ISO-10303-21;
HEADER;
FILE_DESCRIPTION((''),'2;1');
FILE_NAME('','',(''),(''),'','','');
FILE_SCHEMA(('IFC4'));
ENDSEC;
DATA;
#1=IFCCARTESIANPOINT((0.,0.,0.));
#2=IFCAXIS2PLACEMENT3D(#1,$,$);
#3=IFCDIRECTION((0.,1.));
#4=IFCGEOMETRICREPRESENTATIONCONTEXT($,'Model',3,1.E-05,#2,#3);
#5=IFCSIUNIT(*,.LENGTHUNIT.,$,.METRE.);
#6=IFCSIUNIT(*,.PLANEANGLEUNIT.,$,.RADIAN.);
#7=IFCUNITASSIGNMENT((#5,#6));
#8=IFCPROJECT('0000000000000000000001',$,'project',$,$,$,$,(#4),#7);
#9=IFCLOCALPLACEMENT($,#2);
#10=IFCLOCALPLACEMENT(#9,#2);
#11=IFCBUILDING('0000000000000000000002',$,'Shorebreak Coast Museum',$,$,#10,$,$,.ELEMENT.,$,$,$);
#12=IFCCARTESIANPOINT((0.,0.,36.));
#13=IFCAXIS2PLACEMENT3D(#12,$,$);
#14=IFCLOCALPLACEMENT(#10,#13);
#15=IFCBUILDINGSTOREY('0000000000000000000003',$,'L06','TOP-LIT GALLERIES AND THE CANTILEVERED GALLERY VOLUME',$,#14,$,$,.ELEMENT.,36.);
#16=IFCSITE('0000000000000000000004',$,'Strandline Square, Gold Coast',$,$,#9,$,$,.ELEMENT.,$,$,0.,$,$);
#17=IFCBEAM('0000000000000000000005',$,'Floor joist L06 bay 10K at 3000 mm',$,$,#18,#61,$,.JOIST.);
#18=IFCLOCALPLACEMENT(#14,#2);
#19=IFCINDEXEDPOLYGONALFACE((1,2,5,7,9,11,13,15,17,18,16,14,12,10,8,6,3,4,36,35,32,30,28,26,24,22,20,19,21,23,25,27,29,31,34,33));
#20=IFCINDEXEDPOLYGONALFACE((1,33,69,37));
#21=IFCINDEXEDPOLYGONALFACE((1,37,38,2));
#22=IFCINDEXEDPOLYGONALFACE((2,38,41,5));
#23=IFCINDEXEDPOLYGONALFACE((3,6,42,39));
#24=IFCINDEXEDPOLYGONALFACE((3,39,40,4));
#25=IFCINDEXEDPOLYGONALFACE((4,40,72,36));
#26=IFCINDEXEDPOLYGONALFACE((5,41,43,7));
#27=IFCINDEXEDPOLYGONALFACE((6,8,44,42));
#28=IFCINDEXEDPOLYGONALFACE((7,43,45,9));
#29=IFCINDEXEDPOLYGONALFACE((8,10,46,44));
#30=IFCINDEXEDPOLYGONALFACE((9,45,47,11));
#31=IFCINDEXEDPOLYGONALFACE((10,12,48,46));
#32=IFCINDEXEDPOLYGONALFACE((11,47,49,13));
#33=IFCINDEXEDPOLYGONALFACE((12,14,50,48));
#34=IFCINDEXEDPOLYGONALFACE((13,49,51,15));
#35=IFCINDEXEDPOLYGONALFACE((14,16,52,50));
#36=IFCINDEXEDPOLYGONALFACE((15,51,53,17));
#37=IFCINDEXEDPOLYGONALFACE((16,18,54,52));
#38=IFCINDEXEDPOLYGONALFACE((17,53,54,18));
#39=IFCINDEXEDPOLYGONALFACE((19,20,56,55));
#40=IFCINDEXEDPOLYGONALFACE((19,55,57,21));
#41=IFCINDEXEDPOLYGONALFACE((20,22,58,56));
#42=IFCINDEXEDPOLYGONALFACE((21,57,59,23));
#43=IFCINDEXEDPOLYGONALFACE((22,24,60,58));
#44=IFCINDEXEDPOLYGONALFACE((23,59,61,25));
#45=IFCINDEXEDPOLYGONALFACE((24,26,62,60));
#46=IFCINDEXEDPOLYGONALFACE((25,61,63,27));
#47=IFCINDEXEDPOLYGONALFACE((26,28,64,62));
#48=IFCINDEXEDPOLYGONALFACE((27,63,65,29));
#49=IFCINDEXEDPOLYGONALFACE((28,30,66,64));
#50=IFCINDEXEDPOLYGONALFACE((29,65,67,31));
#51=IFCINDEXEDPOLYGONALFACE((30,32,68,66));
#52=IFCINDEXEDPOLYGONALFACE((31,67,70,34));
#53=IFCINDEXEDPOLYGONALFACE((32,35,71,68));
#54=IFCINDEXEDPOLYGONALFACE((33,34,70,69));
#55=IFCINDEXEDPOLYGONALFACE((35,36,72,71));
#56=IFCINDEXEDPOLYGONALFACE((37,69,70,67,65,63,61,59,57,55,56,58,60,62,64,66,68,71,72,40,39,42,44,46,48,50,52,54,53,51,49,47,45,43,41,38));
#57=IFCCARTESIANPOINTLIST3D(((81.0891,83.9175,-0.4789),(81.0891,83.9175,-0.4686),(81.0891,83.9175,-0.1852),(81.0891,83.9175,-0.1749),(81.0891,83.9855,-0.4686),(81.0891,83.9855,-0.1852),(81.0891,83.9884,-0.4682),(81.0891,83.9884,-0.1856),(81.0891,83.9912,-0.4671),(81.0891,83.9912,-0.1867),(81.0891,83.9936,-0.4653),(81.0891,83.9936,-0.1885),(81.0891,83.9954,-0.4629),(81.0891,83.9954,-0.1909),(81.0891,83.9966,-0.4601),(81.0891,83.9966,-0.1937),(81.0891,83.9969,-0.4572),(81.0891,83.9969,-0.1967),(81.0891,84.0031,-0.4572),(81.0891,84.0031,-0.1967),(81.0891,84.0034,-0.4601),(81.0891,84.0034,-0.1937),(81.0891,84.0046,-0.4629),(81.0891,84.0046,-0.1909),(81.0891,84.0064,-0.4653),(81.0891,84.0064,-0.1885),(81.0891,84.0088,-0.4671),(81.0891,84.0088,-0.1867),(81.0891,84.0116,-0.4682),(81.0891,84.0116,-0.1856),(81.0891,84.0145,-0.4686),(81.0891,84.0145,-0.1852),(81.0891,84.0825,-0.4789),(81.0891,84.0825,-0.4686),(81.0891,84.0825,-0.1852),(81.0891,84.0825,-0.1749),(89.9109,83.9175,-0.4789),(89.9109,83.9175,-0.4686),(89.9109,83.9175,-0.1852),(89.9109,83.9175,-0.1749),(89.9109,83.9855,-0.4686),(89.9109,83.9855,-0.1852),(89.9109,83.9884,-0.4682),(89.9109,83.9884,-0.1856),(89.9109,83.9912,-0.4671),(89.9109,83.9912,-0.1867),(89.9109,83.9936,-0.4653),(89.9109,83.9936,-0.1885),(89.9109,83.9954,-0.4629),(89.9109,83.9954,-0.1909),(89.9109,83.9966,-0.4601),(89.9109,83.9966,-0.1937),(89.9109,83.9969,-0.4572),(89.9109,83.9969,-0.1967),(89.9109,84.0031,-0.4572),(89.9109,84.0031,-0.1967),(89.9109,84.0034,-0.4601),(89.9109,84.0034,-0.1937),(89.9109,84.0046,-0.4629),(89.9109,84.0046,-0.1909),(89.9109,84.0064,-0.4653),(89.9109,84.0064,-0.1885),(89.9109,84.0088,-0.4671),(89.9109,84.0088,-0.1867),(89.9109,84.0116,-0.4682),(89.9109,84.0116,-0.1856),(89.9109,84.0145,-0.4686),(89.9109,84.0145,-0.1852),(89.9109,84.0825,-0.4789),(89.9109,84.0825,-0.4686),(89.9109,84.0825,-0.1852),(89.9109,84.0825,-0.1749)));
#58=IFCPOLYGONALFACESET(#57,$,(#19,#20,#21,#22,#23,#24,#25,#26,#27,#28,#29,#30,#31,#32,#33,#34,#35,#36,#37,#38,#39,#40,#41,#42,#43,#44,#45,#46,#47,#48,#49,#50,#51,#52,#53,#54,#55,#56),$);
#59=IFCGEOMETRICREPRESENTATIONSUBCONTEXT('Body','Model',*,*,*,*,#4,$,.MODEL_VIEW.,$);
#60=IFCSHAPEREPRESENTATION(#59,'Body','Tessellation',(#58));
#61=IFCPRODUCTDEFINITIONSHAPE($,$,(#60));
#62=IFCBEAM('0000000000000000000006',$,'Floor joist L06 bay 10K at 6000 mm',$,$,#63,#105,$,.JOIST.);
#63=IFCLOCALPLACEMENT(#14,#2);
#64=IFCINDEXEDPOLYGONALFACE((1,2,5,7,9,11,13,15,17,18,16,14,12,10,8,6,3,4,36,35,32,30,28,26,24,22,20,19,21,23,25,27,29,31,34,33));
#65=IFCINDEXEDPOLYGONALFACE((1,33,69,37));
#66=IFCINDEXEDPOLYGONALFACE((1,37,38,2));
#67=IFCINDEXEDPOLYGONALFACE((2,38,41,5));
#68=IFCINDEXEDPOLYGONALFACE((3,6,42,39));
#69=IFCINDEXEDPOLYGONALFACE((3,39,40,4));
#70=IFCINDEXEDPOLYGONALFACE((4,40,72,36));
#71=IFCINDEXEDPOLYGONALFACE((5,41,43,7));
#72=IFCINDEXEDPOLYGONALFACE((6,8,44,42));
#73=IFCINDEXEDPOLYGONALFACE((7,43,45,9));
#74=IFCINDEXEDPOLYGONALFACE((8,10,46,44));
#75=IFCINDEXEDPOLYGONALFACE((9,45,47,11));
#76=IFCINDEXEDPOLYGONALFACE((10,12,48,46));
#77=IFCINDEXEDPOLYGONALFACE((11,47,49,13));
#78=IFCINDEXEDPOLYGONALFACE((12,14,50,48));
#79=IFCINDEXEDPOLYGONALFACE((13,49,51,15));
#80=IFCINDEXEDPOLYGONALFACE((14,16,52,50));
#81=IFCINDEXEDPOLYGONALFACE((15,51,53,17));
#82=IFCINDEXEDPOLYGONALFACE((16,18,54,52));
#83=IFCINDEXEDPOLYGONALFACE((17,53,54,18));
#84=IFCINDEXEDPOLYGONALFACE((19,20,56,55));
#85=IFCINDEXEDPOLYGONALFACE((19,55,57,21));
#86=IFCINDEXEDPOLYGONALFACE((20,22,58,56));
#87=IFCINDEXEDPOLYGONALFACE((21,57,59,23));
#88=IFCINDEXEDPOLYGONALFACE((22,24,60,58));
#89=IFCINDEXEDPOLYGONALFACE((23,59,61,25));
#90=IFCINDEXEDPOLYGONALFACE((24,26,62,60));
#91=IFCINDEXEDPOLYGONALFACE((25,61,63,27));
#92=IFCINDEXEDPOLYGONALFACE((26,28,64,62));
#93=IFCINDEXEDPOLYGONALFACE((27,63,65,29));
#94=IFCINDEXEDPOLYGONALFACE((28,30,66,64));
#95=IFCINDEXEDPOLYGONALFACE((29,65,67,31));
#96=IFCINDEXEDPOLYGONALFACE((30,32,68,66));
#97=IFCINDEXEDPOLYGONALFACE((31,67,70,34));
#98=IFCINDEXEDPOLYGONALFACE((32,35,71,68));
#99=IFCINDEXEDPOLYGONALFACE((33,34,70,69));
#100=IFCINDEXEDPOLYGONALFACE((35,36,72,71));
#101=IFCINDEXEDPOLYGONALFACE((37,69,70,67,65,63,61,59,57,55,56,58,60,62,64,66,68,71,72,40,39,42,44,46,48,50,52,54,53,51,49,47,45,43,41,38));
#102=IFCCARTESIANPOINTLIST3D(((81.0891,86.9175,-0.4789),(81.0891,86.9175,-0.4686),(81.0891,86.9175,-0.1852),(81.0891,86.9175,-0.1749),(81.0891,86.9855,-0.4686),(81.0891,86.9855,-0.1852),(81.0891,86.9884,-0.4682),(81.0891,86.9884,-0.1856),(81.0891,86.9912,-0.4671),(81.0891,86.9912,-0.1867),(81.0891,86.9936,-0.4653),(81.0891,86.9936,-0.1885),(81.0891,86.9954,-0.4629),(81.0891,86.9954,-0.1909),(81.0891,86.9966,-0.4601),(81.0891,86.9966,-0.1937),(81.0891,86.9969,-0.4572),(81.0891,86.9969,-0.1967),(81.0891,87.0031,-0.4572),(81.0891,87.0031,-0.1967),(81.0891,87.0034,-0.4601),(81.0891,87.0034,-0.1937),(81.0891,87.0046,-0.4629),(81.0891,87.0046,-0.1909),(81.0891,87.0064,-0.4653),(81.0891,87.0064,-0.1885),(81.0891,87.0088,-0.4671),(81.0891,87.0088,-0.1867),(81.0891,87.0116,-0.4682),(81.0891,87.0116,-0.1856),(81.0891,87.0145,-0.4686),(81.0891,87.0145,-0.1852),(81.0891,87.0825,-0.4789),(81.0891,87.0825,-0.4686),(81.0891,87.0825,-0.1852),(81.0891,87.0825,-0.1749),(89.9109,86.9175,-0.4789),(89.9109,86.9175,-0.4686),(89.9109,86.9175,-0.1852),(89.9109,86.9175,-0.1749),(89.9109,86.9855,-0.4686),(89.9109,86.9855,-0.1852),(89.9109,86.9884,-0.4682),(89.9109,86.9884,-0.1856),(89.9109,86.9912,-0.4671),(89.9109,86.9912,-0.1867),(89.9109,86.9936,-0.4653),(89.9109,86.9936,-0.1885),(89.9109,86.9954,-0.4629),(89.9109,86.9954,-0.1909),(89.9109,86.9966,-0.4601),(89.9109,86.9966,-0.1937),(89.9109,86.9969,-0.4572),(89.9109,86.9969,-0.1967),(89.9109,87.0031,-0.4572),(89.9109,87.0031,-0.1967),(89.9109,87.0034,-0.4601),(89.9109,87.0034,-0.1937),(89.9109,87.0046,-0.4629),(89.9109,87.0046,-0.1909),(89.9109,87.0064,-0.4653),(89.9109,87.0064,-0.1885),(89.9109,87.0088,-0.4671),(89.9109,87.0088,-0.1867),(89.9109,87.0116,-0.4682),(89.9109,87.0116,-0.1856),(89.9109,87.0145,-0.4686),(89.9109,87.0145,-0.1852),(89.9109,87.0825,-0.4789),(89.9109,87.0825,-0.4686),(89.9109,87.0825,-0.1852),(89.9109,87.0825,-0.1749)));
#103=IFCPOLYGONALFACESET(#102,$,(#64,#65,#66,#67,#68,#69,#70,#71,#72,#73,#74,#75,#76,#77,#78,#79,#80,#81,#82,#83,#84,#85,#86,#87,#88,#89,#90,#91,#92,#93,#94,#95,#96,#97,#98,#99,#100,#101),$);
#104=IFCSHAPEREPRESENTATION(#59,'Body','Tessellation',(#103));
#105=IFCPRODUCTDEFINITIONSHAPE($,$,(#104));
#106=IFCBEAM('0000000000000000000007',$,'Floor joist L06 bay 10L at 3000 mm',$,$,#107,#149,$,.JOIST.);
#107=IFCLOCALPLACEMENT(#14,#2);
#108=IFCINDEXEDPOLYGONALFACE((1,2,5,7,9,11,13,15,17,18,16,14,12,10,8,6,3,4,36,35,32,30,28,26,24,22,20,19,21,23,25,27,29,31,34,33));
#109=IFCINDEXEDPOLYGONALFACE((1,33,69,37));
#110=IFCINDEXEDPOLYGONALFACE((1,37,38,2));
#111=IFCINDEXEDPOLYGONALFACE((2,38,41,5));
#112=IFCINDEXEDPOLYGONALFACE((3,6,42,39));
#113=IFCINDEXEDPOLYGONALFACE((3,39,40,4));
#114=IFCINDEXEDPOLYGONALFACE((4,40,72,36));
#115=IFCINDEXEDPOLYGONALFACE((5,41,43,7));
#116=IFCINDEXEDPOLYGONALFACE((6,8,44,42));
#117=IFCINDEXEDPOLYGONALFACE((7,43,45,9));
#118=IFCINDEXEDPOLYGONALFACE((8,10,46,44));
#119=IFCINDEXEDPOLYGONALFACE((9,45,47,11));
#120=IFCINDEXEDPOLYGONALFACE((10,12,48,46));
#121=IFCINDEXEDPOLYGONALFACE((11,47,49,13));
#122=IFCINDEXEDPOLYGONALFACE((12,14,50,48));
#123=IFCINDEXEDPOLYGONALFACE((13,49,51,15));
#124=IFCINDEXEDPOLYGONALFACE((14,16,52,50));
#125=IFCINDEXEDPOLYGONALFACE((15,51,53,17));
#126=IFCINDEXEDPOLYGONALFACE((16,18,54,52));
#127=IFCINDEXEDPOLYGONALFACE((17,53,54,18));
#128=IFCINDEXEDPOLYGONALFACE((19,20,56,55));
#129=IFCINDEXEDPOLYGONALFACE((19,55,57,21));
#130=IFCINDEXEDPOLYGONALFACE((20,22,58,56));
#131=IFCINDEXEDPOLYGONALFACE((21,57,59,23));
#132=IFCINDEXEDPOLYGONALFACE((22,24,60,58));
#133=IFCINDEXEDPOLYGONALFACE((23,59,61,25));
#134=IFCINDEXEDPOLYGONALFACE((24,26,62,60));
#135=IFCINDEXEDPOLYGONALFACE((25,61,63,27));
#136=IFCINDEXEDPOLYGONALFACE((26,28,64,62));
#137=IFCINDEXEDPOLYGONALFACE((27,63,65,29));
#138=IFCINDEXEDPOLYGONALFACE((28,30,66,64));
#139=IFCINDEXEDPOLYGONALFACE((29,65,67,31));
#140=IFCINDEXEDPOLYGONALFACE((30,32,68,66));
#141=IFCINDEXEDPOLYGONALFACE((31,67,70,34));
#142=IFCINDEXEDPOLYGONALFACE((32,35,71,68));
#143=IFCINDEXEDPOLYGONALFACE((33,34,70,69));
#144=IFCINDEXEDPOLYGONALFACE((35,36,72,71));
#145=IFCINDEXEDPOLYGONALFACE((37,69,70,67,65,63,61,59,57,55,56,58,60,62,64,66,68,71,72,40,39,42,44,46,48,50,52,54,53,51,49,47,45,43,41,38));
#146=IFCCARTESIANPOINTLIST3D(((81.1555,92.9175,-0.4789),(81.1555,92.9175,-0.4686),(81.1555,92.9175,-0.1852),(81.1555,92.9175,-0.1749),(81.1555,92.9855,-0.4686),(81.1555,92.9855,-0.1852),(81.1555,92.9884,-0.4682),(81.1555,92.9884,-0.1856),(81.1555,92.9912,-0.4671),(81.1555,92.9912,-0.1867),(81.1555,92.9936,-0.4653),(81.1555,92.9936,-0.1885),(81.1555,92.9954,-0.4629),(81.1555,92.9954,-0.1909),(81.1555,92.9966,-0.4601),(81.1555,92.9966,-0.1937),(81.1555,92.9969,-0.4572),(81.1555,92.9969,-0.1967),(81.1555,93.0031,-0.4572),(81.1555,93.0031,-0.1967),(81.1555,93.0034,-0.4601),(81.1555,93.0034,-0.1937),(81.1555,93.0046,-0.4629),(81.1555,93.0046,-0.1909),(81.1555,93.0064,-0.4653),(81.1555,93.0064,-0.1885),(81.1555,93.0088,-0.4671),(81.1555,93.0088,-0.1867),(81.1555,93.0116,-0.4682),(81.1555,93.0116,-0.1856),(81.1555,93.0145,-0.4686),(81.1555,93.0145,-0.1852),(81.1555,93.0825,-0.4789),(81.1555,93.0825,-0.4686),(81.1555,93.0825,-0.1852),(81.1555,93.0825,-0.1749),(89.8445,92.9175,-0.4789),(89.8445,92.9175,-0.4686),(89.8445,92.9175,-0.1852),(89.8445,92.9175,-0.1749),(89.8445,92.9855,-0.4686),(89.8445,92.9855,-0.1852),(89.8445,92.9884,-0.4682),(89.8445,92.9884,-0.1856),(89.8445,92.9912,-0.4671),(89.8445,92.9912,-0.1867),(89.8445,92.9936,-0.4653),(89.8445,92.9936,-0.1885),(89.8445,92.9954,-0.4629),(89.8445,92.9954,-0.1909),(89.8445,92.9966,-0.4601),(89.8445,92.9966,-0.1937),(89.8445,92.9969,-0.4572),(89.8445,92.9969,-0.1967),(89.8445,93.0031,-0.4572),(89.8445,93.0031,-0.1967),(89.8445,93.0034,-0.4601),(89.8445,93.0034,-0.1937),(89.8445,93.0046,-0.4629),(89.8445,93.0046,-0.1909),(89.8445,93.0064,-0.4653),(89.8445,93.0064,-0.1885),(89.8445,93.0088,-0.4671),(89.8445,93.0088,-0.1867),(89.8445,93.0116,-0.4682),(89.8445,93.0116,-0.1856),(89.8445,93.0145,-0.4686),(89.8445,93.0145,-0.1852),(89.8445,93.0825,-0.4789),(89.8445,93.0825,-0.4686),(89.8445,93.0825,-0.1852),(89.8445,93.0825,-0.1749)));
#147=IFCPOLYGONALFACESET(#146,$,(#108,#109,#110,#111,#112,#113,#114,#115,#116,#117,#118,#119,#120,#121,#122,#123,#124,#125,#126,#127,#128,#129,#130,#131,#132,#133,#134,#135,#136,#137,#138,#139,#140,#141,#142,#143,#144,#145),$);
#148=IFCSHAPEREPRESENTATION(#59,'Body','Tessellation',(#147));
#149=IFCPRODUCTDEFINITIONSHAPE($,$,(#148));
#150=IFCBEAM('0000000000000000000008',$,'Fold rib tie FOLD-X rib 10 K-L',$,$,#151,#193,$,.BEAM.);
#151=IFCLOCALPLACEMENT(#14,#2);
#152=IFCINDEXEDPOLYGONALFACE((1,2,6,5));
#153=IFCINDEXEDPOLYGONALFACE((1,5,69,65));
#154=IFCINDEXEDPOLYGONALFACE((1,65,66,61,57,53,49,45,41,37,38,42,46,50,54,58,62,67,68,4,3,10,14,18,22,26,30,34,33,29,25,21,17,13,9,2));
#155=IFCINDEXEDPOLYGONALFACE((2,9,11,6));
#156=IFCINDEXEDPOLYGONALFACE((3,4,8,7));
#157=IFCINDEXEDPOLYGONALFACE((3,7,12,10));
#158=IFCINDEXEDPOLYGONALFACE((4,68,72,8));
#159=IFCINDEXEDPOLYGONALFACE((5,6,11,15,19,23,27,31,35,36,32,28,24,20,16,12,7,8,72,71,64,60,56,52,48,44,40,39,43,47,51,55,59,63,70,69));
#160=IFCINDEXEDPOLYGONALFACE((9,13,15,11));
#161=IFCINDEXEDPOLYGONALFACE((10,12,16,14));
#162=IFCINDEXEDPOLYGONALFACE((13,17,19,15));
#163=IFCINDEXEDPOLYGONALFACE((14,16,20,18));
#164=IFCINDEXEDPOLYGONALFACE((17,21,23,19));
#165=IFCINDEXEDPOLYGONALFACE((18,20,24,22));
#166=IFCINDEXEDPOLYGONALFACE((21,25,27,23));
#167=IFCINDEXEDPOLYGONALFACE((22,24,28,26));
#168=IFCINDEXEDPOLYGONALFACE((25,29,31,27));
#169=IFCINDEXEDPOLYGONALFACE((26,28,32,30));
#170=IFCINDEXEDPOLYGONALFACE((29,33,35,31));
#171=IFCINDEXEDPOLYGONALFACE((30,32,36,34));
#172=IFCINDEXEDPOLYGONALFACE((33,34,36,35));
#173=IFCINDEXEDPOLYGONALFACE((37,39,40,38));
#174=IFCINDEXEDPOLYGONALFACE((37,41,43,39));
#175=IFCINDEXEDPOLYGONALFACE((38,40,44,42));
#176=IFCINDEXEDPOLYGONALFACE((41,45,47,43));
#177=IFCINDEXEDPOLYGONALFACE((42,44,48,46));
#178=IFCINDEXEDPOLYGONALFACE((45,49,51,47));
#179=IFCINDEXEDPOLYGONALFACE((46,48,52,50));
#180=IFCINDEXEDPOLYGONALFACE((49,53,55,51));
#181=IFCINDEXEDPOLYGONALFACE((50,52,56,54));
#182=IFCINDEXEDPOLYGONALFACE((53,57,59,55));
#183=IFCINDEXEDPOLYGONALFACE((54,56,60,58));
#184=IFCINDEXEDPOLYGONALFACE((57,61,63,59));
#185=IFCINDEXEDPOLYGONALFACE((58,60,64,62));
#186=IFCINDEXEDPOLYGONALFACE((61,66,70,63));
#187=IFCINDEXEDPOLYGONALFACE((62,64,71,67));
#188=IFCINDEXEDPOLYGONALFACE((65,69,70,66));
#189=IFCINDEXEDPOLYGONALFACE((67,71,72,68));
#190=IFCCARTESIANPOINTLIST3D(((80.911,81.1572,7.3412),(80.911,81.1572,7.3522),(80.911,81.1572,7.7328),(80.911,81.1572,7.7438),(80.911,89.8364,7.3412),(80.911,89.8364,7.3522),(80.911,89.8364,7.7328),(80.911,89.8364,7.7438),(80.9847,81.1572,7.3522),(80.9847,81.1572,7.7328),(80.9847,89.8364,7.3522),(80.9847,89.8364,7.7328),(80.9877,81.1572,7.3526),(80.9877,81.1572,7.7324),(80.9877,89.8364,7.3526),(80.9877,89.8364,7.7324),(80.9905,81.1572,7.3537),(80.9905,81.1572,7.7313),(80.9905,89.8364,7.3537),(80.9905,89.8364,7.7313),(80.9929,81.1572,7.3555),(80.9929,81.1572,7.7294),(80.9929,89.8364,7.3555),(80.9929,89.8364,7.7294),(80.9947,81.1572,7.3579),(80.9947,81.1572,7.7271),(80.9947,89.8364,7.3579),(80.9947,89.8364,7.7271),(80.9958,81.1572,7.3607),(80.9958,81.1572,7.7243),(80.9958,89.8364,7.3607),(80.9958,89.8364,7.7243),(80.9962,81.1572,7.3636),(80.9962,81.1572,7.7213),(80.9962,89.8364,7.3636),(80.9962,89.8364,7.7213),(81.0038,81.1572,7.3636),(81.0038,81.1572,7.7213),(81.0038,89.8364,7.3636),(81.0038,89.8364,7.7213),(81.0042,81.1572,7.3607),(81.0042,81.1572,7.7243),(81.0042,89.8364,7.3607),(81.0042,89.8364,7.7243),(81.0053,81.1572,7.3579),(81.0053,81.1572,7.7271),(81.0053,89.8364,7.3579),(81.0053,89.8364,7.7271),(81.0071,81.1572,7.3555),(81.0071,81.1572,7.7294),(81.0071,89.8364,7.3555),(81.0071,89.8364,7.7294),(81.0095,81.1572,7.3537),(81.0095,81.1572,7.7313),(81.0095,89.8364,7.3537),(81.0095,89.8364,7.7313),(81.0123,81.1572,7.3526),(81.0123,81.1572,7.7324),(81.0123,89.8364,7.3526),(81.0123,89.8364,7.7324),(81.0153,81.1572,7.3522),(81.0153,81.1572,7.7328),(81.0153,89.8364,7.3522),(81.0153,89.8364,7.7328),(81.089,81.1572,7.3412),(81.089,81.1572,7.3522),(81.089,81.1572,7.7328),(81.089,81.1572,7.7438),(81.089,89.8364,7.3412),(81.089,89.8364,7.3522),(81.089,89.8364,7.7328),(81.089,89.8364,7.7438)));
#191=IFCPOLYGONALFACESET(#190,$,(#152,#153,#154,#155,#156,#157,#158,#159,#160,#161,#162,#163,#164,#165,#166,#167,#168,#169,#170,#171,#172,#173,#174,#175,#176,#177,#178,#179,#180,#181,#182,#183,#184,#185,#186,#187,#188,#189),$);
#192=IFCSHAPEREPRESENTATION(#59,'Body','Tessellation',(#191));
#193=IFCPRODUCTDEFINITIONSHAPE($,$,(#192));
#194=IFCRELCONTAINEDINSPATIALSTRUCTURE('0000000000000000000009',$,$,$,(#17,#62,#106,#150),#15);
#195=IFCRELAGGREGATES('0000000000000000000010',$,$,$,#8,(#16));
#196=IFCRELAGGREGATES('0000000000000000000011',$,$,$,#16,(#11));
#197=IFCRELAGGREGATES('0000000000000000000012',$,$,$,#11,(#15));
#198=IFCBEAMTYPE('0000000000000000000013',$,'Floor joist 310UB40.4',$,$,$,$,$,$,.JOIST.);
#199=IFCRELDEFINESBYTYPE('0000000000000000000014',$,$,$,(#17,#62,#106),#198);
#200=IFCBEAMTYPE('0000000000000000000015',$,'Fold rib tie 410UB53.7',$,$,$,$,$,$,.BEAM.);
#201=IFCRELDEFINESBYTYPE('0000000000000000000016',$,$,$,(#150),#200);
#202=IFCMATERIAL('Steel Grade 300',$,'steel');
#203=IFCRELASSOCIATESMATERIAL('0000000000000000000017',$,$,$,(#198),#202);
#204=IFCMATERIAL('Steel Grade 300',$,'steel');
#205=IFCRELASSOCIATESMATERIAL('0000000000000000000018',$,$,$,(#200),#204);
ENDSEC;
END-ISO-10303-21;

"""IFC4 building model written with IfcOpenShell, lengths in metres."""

from ifc_helpers import new_model, si_unit, direction, frame, origin, origin_2d, place, context, subcontext, project, spatial, i_section, extrude, material, material_profile, profile_set, type_object, element, save


model = new_model("IFC4")

# Units and contexts
model_context = context("Model", 3, precision=1e-05, world=origin(), true_north=direction((0.0, 1.0)))
body_context = subcontext(model_context, "Body", "Model", "MODEL_VIEW")
ifc_project = project(units=[si_unit("LENGTHUNIT", "METRE"), si_unit("PLANEANGLEUNIT", "RADIAN")], contexts=[model_context])

# Site, building, storey
site_placement = place(None, origin())
site = spatial("IfcSite", under=ifc_project, at=site_placement, Name="Strandline Square, Gold Coast", CompositionType="ELEMENT", RefElevation=0.0)
building_placement = place(site_placement, origin())
building = spatial("IfcBuilding", under=site, at=building_placement, Name="Shorebreak Coast Museum", CompositionType="ELEMENT")
storey_placement = place(building_placement, frame((0.0, 0.0, 36.0)))
storey = spatial("IfcBuildingStorey", under=building, at=storey_placement, Name="L06", Description="TOP-LIT GALLERIES AND THE CANTILEVERED GALLERY VOLUME", CompositionType="ELEMENT", Elevation=36.0)

# Beams
ifc_material_1 = material(Name="Steel Grade 300", Category="steel")
ifc_material_profile_1 = material_profile(ifc_material_1, i_section(OverallWidth=0.165, OverallDepth=0.304, WebThickness=0.0061, FlangeThickness=0.0103, FilletRadius=0.0115, at=origin_2d()), Name="310UB40.4")
ifc_profile_set_1 = profile_set([ifc_material_profile_1], Name="Steel Grade 300")
beam_type_1 = type_object("IfcBeamType", Name="Floor joist 310UB40.4", PredefinedType="JOIST", material=ifc_profile_set_1)
for number, where, z_axis, x_axis, name in (
    (1, (81.0891, 84.0, -0.3269), (1.0, 0.0, 0.0), (0.0, 1.0, 0.0), "Floor joist L06 bay 10K at 3000 mm"),
    (2, (81.0891, 87.0, -0.3269), (1.0, 0.0, 0.0), (0.0, 1.0, 0.0), "Floor joist L06 bay 10K at 6000 mm"),
):
    element("IfcBeam", number, at=place(storey_placement, frame(where, z_axis=z_axis, x_axis=x_axis)), inside=storey, type_object=beam_type_1, Name=name, PredefinedType="JOIST", context=body_context, shape_type="SweptSolid", body=[
        extrude(i_section(OverallWidth=0.165, OverallDepth=0.304, WebThickness=0.0061, FlangeThickness=0.0103, FilletRadius=0.0115, at=origin_2d()), origin(), (0.0, 0.0, 1.0), 8.8218),
    ])
beam_1_placement = place(storey_placement, frame((81.1555, 93.0, -0.3269), z_axis=(1.0, 0.0, 0.0), x_axis=(0.0, 1.0, 0.0)))
element("IfcBeam", 3, at=beam_1_placement, inside=storey, type_object=beam_type_1, Name="Floor joist L06 bay 10L at 3000 mm", PredefinedType="JOIST", context=body_context, shape_type="SweptSolid", body=[
    extrude(i_section(OverallWidth=0.165, OverallDepth=0.304, WebThickness=0.0061, FlangeThickness=0.0103, FilletRadius=0.0115, at=origin_2d()), origin(), (0.0, 0.0, 1.0), 8.689),
])
ifc_material_2 = material(Name="Steel Grade 300", Category="steel")
ifc_material_profile_2 = material_profile(ifc_material_2, i_section(OverallWidth=0.178, OverallDepth=0.4026, WebThickness=0.0076, FlangeThickness=0.011, FilletRadius=0.0115, at=origin_2d()), Name="410UB53.7")
ifc_profile_set_2 = profile_set([ifc_material_profile_2], Name="Steel Grade 300")
beam_type_2 = type_object("IfcBeamType", Name="Fold rib tie 410UB53.7", PredefinedType="BEAM", material=ifc_profile_set_2)
beam_2_placement = place(storey_placement, frame((81.0, 81.1572, 7.5425), z_axis=(0.0, 1.0, 0.0), x_axis=(-1.0, 0.0, 0.0)))
element("IfcBeam", 4, at=beam_2_placement, inside=storey, type_object=beam_type_2, Name="Fold rib tie FOLD-X rib 10 K-L", PredefinedType="BEAM", context=body_context, shape_type="SweptSolid", body=[
    extrude(i_section(OverallWidth=0.178, OverallDepth=0.4026, WebThickness=0.0076, FlangeThickness=0.011, FilletRadius=0.0115, at=origin_2d()), origin(), (0.0, 0.0, 1.0), 8.6792),
])

save(model, "model.ifc")
